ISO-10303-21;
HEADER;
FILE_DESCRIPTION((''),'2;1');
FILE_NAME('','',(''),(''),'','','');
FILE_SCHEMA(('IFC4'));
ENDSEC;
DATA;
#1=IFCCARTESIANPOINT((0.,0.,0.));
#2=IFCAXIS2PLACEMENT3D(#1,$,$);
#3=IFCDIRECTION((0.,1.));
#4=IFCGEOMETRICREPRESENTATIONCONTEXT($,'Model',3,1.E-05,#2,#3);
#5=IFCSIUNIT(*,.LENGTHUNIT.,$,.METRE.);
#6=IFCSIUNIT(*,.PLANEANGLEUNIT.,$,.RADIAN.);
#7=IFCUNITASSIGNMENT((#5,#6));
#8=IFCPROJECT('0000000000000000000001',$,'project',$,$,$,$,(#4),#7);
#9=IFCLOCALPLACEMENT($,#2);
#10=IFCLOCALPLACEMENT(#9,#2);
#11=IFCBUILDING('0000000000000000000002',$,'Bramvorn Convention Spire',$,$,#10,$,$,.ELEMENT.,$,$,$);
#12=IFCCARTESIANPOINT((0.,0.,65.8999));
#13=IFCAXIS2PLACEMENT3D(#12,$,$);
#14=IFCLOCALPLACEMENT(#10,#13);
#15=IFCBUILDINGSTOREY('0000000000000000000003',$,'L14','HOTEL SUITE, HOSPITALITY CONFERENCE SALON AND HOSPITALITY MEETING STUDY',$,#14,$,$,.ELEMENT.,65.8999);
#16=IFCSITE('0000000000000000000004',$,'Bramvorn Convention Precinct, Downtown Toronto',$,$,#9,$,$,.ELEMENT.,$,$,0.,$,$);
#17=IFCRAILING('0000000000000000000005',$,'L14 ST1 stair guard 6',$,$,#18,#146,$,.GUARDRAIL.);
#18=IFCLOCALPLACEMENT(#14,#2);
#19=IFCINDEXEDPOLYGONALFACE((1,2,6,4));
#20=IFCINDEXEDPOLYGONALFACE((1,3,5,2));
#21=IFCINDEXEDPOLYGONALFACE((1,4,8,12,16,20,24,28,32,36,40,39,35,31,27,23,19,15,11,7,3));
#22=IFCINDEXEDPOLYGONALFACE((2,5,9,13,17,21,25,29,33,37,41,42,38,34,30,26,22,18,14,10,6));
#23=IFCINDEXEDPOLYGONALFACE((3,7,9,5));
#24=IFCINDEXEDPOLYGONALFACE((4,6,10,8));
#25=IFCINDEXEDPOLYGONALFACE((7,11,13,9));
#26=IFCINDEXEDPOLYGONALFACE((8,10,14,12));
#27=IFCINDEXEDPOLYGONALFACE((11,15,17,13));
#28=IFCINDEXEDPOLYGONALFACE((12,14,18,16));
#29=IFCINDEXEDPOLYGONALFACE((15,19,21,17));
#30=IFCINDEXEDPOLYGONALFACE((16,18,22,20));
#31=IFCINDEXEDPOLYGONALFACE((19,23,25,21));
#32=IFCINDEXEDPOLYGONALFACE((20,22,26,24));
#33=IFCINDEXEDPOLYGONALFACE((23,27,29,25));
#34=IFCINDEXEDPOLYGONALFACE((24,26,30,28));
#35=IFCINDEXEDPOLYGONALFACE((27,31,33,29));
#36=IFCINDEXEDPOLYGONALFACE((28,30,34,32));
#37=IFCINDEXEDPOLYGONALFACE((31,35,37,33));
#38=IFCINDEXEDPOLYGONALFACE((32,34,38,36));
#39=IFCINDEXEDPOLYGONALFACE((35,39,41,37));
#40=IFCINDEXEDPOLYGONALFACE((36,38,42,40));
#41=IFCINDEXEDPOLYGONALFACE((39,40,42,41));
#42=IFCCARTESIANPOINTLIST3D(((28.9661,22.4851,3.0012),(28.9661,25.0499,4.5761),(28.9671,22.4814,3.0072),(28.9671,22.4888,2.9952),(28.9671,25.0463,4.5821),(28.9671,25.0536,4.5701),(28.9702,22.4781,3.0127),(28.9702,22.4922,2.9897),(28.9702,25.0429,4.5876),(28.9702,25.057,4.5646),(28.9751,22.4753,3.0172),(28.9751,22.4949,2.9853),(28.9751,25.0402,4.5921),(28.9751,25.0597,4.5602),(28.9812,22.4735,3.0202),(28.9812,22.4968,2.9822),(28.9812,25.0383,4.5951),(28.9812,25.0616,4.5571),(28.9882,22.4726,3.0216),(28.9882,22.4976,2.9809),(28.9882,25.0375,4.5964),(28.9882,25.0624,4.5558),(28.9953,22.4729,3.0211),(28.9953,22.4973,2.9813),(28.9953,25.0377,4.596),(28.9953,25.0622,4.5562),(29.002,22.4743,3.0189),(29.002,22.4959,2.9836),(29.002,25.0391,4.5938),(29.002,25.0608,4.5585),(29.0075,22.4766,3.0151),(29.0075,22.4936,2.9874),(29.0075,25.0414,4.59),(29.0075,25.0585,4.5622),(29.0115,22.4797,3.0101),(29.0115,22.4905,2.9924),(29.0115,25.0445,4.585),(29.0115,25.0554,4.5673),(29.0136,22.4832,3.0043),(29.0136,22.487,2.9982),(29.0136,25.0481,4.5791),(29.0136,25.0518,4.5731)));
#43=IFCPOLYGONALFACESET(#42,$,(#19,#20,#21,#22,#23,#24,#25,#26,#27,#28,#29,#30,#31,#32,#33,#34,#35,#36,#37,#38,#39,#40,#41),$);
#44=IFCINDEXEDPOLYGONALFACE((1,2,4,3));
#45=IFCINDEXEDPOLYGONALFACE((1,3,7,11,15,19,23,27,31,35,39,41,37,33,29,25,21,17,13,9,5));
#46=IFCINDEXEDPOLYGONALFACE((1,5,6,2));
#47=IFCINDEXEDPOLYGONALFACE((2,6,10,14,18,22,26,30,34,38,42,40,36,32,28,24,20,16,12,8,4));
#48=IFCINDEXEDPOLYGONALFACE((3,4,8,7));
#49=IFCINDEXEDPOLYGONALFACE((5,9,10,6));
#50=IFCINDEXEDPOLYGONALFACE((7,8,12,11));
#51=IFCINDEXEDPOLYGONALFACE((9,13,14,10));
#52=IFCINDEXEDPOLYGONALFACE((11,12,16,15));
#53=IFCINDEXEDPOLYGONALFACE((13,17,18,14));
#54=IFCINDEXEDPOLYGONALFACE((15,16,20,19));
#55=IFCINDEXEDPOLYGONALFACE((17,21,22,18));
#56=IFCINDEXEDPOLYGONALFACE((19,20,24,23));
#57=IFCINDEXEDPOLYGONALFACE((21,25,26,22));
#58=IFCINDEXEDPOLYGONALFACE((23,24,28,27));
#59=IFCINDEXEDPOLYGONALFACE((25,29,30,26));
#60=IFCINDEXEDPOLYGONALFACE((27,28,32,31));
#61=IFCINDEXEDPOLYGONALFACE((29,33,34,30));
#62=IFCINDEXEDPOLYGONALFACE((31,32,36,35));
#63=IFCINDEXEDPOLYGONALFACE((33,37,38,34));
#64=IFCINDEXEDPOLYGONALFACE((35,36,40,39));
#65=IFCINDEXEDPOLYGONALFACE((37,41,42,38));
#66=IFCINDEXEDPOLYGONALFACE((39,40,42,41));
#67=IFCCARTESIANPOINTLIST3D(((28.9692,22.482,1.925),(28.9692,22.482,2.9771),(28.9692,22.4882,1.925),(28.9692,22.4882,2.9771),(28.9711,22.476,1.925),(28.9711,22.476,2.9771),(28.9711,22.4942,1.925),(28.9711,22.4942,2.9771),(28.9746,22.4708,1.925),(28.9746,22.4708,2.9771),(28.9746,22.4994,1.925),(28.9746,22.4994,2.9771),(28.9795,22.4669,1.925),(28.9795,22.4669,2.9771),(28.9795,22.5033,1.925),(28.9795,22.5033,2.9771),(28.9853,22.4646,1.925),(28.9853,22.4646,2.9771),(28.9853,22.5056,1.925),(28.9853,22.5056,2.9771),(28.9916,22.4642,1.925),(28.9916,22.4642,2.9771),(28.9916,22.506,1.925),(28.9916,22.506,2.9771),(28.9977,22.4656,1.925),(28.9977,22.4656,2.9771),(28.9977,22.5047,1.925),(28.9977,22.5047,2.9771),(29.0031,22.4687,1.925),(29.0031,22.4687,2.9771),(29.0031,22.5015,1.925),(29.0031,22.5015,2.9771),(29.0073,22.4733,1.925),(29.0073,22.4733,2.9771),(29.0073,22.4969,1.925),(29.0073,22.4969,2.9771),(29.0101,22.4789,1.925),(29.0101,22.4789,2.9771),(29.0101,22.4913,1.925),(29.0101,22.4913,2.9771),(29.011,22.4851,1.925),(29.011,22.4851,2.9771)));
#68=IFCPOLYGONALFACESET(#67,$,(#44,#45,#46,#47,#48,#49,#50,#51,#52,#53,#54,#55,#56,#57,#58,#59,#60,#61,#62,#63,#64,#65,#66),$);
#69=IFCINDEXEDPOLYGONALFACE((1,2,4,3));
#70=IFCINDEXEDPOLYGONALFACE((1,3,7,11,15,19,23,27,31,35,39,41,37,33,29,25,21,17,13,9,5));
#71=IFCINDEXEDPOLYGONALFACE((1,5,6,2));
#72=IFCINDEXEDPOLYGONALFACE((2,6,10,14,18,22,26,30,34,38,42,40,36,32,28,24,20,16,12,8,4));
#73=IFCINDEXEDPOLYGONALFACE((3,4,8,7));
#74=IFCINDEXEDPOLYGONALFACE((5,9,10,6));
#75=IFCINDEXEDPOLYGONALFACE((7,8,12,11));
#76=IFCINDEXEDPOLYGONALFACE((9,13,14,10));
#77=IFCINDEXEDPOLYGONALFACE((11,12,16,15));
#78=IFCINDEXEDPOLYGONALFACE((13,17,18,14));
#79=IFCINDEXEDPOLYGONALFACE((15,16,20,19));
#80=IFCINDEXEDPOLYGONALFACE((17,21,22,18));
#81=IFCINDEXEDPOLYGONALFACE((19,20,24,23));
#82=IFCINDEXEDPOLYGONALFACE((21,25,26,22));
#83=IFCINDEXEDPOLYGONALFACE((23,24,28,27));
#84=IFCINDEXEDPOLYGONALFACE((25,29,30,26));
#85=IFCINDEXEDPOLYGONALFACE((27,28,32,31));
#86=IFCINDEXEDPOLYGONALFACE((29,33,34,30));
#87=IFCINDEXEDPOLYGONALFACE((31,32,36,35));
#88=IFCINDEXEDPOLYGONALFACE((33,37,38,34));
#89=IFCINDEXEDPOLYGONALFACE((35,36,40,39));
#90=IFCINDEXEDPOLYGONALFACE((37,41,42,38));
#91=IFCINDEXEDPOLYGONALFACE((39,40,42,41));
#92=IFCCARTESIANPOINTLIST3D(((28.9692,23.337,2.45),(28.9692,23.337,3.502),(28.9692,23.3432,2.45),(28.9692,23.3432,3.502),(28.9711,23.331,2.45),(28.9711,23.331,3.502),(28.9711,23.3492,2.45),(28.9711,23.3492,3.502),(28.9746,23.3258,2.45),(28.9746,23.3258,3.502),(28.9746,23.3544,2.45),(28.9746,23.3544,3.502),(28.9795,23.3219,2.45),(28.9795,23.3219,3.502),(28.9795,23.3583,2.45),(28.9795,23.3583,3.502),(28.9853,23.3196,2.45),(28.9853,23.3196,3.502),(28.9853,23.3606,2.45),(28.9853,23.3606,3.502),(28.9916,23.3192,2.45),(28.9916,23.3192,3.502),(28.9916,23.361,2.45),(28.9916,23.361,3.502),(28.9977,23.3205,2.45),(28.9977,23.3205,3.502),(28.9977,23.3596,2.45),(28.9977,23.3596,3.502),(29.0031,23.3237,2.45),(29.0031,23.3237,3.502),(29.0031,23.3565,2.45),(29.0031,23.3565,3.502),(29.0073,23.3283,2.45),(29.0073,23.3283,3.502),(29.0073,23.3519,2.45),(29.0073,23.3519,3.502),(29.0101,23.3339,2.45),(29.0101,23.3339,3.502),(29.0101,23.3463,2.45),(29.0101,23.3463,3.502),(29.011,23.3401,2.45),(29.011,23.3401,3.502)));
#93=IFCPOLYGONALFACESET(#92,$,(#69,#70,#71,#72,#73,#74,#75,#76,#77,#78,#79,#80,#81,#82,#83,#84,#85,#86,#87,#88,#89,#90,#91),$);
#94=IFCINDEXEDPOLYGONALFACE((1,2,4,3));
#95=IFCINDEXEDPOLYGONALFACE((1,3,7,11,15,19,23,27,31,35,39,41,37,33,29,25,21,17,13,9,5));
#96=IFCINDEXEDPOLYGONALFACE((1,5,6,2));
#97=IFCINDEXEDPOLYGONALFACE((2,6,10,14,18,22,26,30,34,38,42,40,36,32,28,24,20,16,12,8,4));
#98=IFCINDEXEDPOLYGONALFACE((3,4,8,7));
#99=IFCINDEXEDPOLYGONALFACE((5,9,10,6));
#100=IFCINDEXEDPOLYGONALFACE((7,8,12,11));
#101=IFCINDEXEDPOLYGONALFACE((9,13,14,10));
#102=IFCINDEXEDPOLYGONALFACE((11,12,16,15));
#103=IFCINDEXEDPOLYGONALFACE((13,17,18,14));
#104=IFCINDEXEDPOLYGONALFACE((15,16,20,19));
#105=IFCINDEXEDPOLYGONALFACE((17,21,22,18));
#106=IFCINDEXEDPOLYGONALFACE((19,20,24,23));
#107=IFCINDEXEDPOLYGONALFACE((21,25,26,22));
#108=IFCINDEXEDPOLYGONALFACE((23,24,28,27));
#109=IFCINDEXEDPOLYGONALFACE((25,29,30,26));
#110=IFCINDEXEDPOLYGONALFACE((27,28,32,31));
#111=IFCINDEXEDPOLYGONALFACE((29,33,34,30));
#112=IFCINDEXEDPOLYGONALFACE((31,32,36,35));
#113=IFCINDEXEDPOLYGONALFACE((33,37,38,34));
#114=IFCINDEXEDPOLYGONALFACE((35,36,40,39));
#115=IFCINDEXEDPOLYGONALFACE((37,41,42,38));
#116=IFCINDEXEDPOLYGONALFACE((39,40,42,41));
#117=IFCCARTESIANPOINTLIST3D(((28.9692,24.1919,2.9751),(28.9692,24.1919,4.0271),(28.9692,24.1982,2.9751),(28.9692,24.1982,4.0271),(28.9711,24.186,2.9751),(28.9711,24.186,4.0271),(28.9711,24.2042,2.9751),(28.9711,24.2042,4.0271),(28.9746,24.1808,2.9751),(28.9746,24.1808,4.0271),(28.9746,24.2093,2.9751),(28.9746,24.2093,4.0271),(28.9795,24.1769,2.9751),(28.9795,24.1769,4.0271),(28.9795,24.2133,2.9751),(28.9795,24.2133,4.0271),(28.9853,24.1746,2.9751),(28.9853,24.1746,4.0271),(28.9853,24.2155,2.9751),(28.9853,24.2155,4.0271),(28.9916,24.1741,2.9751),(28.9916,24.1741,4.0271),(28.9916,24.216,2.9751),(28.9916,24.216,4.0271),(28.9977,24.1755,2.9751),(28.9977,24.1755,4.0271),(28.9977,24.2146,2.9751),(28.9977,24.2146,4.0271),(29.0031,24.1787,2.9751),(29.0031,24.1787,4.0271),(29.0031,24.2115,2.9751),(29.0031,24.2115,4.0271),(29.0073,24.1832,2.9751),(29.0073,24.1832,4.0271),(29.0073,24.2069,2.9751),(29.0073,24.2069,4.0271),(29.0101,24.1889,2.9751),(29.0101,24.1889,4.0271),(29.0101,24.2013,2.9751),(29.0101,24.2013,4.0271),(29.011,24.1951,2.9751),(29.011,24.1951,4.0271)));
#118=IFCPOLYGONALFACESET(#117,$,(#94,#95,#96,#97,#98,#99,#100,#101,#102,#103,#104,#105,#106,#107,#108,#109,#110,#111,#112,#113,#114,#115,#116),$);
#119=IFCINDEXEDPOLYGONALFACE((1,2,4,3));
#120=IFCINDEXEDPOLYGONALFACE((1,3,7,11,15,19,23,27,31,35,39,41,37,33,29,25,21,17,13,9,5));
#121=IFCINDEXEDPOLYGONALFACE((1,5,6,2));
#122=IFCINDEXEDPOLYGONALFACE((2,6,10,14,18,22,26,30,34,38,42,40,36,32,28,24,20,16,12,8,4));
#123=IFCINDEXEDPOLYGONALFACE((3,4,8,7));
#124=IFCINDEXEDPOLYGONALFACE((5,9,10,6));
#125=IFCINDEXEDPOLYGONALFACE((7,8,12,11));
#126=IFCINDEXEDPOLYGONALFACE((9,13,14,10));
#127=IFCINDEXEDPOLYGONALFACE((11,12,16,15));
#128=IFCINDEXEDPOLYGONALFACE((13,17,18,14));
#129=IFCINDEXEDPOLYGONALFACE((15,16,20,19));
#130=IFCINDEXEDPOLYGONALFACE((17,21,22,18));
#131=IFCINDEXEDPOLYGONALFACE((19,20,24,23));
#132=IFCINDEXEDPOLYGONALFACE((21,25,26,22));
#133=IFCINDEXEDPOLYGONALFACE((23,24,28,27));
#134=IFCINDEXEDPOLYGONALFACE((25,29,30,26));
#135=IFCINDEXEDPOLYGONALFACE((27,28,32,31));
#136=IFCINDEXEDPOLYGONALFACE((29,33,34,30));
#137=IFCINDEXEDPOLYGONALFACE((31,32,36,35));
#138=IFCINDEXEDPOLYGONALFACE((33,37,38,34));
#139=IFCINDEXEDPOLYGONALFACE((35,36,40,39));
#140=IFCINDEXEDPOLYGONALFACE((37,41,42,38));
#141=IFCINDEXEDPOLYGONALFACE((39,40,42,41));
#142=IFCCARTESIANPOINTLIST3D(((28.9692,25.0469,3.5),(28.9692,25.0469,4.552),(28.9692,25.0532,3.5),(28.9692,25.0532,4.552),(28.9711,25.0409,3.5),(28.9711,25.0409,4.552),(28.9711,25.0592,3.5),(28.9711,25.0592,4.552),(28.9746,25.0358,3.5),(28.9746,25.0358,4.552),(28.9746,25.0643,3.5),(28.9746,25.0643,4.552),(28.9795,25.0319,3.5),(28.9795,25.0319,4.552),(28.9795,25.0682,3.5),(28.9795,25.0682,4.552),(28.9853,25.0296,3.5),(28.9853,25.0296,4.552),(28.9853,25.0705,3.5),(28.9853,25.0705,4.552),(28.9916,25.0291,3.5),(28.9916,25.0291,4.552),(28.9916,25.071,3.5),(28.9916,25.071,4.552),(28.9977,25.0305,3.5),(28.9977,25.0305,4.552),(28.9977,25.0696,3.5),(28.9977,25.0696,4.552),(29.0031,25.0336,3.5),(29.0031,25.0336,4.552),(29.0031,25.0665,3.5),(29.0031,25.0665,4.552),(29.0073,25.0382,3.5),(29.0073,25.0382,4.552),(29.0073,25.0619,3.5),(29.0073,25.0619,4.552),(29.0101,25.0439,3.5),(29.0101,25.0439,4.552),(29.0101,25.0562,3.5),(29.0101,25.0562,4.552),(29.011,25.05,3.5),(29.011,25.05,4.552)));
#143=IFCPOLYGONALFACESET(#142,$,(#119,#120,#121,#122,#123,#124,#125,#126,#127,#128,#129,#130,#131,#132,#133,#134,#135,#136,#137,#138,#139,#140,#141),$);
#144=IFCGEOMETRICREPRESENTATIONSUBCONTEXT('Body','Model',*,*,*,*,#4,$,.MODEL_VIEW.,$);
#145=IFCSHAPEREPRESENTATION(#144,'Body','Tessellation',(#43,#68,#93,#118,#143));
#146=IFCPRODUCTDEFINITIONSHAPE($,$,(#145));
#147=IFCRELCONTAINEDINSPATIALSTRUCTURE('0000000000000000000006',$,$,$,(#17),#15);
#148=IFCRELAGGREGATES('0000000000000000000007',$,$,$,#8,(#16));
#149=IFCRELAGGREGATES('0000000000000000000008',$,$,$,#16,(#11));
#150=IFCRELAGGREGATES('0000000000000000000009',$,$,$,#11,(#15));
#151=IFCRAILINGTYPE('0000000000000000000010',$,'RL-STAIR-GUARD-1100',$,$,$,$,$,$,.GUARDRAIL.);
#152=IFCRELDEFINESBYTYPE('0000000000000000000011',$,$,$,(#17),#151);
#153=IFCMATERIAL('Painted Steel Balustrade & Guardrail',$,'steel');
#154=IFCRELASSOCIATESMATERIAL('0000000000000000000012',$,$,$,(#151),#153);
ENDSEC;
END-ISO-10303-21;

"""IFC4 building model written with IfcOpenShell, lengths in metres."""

from ifc_helpers import new_model, si_unit, direction, frame, origin, origin_2d, place, context, subcontext, project, spatial, circle, extrude, material, type_object, element, save


model = new_model("IFC4")

# Units and contexts
model_context = context("Model", 3, precision=1e-05, world=origin(), true_north=direction((0.0, 1.0)))
body_context = subcontext(model_context, "Body", "Model", "MODEL_VIEW")
ifc_project = project(units=[si_unit("LENGTHUNIT", "METRE"), si_unit("PLANEANGLEUNIT", "RADIAN")], contexts=[model_context])

# Site, building, storey
site_placement = place(None, origin())
site = spatial("IfcSite", under=ifc_project, at=site_placement, Name="Bramvorn Convention Precinct, Downtown Toronto", CompositionType="ELEMENT", RefElevation=0.0)
building_placement = place(site_placement, origin())
building = spatial("IfcBuilding", under=site, at=building_placement, Name="Bramvorn Convention Spire", CompositionType="ELEMENT")
storey_placement = place(building_placement, frame((0.0, 0.0, 65.8999)))
storey = spatial("IfcBuildingStorey", under=building, at=storey_placement, Name="L14", Description="HOTEL SUITE, HOSPITALITY CONFERENCE SALON AND HOSPITALITY MEETING STUDY", CompositionType="ELEMENT", Elevation=65.8999)

# Railing
ifc_material_1 = material(Name="Painted Steel Balustrade & Guardrail", Category="steel")
railing_type_1 = type_object("IfcRailingType", Name="RL-STAIR-GUARD-1100", PredefinedType="GUARDRAIL", material=ifc_material_1)
railing_1_placement = place(storey_placement, frame((28.99, 22.4851, 1.925)))
element("IfcRailing", 1, at=railing_1_placement, inside=storey, type_object=railing_type_1, Name="L14 ST1 stair guard 6", PredefinedType="GUARDRAIL", context=body_context, shape_type="SweptSolid", body=[
    extrude(circle(Radius=0.0239, at=origin_2d()), frame((0.0, 0.0, 1.0762), z_axis=(0.0, 0.852173, 0.52326), x_axis=(-1.0, 0.0, 0.0)), (0.0, 0.0, 1.0), 3.0098),
    extrude(circle(Radius=0.021, at=origin_2d()), origin(), (0.0, 0.0, 1.0), 1.052),
    extrude(circle(Radius=0.021, at=origin_2d()), frame((0.0, 0.855, 0.5249)), (0.0, 0.0, 1.0), 1.052),
    extrude(circle(Radius=0.021, at=origin_2d()), frame((0.0, 1.71, 1.05)), (0.0, 0.0, 1.0), 1.052),
    extrude(circle(Radius=0.021, at=origin_2d()), frame((0.0, 2.5649, 1.575)), (0.0, 0.0, 1.0), 1.052),
])

save(model, "model.ifc")
